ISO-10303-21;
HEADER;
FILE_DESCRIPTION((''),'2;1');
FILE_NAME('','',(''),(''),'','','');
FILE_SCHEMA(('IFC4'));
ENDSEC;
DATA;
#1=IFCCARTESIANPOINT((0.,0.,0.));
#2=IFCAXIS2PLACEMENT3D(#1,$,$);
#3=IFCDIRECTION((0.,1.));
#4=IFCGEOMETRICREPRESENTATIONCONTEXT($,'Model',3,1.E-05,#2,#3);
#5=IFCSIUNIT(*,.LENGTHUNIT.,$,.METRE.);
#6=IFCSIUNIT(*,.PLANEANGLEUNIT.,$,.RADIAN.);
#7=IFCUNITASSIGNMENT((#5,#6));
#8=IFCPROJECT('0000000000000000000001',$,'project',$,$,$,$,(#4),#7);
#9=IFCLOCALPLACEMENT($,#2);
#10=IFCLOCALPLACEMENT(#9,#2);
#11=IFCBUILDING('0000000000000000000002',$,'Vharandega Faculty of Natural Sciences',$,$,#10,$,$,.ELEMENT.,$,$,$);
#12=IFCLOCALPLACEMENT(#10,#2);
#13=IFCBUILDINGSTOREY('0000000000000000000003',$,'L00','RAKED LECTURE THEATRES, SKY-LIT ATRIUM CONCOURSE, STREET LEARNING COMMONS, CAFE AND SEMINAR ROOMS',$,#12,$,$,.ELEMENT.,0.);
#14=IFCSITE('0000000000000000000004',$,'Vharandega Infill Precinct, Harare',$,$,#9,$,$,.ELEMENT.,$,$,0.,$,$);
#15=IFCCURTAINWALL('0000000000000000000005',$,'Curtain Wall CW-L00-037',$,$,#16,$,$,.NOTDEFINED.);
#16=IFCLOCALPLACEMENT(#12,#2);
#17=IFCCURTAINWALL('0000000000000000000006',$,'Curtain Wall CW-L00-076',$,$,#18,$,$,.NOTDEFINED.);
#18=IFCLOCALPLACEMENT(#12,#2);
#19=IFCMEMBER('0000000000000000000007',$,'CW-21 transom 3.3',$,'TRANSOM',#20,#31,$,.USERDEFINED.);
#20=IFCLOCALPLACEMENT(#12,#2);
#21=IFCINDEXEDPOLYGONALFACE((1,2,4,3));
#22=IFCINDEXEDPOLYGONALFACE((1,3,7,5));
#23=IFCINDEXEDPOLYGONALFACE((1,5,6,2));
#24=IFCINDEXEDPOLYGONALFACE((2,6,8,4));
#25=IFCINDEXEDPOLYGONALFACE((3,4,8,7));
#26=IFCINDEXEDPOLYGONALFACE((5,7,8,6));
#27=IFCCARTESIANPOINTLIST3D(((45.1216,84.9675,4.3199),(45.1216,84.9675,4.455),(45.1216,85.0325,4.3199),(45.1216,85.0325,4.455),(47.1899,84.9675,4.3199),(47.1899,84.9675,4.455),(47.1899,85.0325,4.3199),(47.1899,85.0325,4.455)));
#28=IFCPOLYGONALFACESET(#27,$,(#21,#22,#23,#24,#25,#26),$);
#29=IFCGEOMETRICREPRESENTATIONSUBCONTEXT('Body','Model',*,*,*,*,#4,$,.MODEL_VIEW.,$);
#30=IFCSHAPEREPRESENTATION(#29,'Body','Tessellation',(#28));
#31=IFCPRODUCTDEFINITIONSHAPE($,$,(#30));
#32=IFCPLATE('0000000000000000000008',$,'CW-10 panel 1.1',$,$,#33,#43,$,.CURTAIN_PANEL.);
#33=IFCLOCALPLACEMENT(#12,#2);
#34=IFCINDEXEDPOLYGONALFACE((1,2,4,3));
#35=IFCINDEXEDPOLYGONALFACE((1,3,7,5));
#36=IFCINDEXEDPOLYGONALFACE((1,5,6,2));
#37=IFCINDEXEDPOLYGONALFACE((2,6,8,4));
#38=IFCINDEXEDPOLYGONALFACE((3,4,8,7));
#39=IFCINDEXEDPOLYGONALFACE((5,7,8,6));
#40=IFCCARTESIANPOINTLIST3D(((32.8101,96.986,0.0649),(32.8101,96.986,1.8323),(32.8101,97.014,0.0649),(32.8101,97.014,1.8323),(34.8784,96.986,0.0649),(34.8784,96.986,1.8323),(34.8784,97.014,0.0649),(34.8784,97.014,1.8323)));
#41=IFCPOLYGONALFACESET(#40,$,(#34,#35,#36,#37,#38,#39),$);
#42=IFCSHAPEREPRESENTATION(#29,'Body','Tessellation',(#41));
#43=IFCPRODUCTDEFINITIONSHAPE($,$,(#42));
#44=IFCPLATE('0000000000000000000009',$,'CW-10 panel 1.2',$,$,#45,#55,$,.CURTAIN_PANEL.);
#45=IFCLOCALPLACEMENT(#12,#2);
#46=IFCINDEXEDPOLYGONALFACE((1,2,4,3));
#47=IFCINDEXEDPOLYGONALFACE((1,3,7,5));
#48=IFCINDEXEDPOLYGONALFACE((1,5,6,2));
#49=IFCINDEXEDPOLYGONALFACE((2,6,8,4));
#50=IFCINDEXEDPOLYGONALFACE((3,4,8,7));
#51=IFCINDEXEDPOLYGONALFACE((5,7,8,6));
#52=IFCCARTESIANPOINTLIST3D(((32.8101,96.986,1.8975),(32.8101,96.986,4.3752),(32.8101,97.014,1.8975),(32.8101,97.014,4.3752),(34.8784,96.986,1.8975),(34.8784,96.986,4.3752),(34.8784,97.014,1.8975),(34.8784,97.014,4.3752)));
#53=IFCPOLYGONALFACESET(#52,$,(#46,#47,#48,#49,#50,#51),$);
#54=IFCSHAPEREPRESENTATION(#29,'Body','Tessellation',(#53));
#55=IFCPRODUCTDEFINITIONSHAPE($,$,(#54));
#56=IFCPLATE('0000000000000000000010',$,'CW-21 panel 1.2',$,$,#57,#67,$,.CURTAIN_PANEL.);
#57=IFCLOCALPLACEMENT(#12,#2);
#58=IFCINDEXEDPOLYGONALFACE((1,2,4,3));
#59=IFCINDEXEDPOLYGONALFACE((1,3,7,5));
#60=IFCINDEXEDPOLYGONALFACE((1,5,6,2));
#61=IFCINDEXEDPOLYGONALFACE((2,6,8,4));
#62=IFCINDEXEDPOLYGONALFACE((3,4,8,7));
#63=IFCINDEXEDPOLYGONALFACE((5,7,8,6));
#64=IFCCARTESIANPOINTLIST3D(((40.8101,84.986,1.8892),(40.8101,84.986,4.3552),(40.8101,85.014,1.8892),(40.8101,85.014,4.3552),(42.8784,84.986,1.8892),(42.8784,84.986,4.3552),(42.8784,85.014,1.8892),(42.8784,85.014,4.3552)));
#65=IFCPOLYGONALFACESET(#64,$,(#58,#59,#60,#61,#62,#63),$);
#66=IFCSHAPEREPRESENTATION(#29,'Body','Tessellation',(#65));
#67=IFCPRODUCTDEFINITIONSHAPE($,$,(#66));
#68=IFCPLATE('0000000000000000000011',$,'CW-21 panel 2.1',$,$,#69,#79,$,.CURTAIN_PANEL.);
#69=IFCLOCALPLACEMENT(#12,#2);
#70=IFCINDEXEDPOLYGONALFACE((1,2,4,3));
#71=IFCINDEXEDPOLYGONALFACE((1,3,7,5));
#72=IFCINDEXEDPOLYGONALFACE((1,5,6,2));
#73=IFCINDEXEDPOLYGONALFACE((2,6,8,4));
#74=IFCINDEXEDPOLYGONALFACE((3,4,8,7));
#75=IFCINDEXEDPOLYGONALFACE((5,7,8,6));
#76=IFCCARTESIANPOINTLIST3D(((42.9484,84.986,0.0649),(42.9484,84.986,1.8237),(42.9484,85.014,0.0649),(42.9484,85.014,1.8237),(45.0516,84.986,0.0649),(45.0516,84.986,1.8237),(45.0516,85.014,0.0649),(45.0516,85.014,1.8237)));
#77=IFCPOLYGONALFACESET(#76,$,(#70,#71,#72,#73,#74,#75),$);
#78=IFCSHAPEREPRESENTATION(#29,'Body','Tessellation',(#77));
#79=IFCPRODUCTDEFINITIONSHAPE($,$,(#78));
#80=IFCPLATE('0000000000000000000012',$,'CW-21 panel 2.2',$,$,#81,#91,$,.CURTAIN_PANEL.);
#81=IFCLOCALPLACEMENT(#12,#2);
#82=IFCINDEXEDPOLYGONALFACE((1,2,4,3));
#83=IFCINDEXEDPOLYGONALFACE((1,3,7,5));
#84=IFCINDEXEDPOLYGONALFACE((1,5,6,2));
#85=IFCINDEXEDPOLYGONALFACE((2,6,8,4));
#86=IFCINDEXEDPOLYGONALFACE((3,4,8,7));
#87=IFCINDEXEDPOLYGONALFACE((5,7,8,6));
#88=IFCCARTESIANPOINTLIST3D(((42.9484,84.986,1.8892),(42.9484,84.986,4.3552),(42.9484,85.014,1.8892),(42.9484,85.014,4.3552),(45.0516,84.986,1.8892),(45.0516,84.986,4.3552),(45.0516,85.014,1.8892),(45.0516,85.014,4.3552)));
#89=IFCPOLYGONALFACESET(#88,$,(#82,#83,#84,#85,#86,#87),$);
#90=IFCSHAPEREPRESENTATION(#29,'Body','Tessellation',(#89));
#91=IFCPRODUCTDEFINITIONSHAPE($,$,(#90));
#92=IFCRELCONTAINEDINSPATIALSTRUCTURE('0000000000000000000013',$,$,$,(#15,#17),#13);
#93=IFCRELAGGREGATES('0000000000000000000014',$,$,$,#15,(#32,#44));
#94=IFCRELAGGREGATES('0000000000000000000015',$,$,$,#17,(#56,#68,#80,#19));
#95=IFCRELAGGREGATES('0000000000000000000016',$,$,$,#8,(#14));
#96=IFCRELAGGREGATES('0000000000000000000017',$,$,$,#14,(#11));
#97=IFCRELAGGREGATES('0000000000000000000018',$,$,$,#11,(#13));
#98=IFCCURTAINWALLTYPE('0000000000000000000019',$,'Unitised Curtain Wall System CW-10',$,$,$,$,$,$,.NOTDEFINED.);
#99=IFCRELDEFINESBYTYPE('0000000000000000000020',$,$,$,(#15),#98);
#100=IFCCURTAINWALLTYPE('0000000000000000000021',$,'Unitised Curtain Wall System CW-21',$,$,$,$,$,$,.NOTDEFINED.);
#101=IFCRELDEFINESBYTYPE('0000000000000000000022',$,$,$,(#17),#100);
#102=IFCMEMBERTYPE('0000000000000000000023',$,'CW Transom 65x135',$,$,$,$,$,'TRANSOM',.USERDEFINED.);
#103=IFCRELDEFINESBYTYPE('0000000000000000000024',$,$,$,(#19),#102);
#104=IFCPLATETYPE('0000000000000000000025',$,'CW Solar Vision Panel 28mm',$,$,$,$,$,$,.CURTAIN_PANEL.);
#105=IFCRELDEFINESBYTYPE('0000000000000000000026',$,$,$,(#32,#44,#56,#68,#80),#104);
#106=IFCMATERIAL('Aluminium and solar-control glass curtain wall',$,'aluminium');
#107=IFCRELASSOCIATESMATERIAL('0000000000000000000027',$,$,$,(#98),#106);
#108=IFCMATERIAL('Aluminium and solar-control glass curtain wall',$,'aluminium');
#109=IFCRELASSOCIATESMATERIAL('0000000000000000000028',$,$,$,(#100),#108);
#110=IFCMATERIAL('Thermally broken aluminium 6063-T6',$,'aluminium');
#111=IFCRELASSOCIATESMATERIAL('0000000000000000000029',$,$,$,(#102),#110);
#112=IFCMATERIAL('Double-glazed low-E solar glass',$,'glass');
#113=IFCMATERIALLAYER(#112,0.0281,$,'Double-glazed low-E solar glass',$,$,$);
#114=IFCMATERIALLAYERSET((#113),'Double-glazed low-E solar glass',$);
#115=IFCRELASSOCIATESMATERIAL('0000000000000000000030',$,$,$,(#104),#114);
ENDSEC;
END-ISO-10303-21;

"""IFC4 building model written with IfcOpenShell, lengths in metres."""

from ifc_helpers import new_model, si_unit, direction, frame, origin, origin_2d, place, context, subcontext, project, spatial, rectangle, extrude, material, layer, layer_set, material_profile, profile_set, type_object, element, aggregate, save


model = new_model("IFC4")

# Units and contexts
model_context = context("Model", 3, precision=1e-05, world=origin(), true_north=direction((0.0, 1.0)))
body_context = subcontext(model_context, "Body", "Model", "MODEL_VIEW")
ifc_project = project(units=[si_unit("LENGTHUNIT", "METRE"), si_unit("PLANEANGLEUNIT", "RADIAN")], contexts=[model_context])

# Site, building, storey
site_placement = place(None, origin())
site = spatial("IfcSite", under=ifc_project, at=site_placement, Name="Vharandega Infill Precinct, Harare", CompositionType="ELEMENT", RefElevation=0.0)
building_placement = place(site_placement, origin())
building = spatial("IfcBuilding", under=site, at=building_placement, Name="Vharandega Faculty of Natural Sciences", CompositionType="ELEMENT")
storey_placement = place(building_placement, origin())
storey = spatial("IfcBuildingStorey", under=building, at=storey_placement, Name="L00", Description="RAKED LECTURE THEATRES, SKY-LIT ATRIUM CONCOURSE, STREET LEARNING COMMONS, CAFE AND SEMINAR ROOMS", CompositionType="ELEMENT", Elevation=0.0)

# Curtain walls
ifc_material_1 = material(Name="Aluminium and solar-control glass curtain wall", Category="aluminium")
curtain_wall_type_1 = type_object("IfcCurtainWallType", Name="Unitised Curtain Wall System CW-10", PredefinedType="NOTDEFINED", material=ifc_material_1)
curtain_wall_1_placement = place(storey_placement, origin())
curtain_wall_1 = element("IfcCurtainWall", 1, at=curtain_wall_1_placement, inside=storey, type_object=curtain_wall_type_1, Name="Curtain Wall CW-L00-037", PredefinedType="NOTDEFINED")
ifc_material_2 = material(Name="Aluminium and solar-control glass curtain wall", Category="aluminium")
curtain_wall_type_2 = type_object("IfcCurtainWallType", Name="Unitised Curtain Wall System CW-21", PredefinedType="NOTDEFINED", material=ifc_material_2)
curtain_wall_2_placement = place(storey_placement, origin())
curtain_wall_2 = element("IfcCurtainWall", 2, at=curtain_wall_2_placement, inside=storey, type_object=curtain_wall_type_2, Name="Curtain Wall CW-L00-076", PredefinedType="NOTDEFINED")

# Member
ifc_material_3 = material(Name="Thermally broken aluminium 6063-T6", Category="aluminium")
ifc_material_profile_1 = material_profile(ifc_material_3, rectangle(XDim=0.0649, YDim=0.135, at=origin_2d()), Name="ALU 65x135")
ifc_profile_set_1 = profile_set([ifc_material_profile_1], Name="Thermally broken aluminium 6063-T6")
member_type_1 = type_object("IfcMemberType", Name="CW Transom 65x135", ElementType="TRANSOM", PredefinedType="USERDEFINED", material=ifc_profile_set_1)
member_1_placement = place(storey_placement, frame((45.1216, 85.0, 4.3875), z_axis=(1.0, 0.0, 0.0), x_axis=(0.0, 1.0, 0.0)))
member_1 = element("IfcMember", 3, at=member_1_placement, type_object=member_type_1, Name="CW-21 transom 3.3", ObjectType="TRANSOM", PredefinedType="USERDEFINED", context=body_context, shape_type="SweptSolid", body=[
    extrude(rectangle(XDim=0.0649, YDim=0.135, at=origin_2d()), origin(), (0.0, 0.0, 1.0), 2.0684),
])

# Plates
ifc_material_4 = material(Name="Double-glazed low-E solar glass", Category="glass")
ifc_layer = layer(ifc_material_4, 0.0281, Name="Double-glazed low-E solar glass")
ifc_layer_set = layer_set([ifc_layer], Name="Double-glazed low-E solar glass")
plate_type = type_object("IfcPlateType", Name="CW Solar Vision Panel 28mm", PredefinedType="CURTAIN_PANEL", material=ifc_layer_set)
plate_1_placement = place(storey_placement, frame((33.8442, 97.0, 0.0649), z_axis=(0.0, 0.0, 1.0), x_axis=(1.0, 0.0, 0.0)))
plate_1 = element("IfcPlate", 4, at=plate_1_placement, type_object=plate_type, Name="CW-10 panel 1.1", PredefinedType="CURTAIN_PANEL", context=body_context, shape_type="SweptSolid", body=[
    extrude(rectangle(XDim=2.0684, YDim=0.0281, at=origin_2d()), origin(), (0.0, 0.0, 1.0), 1.7673),
])
plate_2_placement = place(storey_placement, frame((33.8442, 97.0, 1.8975), z_axis=(0.0, 0.0, 1.0), x_axis=(1.0, 0.0, 0.0)))
plate_2 = element("IfcPlate", 5, at=plate_2_placement, type_object=plate_type, Name="CW-10 panel 1.2", PredefinedType="CURTAIN_PANEL", context=body_context, shape_type="SweptSolid", body=[
    extrude(rectangle(XDim=2.0684, YDim=0.0281, at=origin_2d()), origin(), (0.0, 0.0, 1.0), 2.4778),
])
aggregate(curtain_wall_1, [plate_1, plate_2])
plate_3_placement = place(storey_placement, frame((41.8442, 85.0, 1.8892), z_axis=(0.0, 0.0, 1.0), x_axis=(1.0, 0.0, 0.0)))
plate_3 = element("IfcPlate", 6, at=plate_3_placement, type_object=plate_type, Name="CW-21 panel 1.2", PredefinedType="CURTAIN_PANEL", context=body_context, shape_type="SweptSolid", body=[
    extrude(rectangle(XDim=2.0684, YDim=0.0281, at=origin_2d()), origin(), (0.0, 0.0, 1.0), 2.4661),
])
plate_4_placement = place(storey_placement, frame((44.0, 85.0, 0.0649), z_axis=(0.0, 0.0, 1.0), x_axis=(1.0, 0.0, 0.0)))
plate_4 = element("IfcPlate", 7, at=plate_4_placement, type_object=plate_type, Name="CW-21 panel 2.1", PredefinedType="CURTAIN_PANEL", context=body_context, shape_type="SweptSolid", body=[
    extrude(rectangle(XDim=2.1033, YDim=0.0281, at=origin_2d()), origin(), (0.0, 0.0, 1.0), 1.7588),
])
plate_5_placement = place(storey_placement, frame((44.0, 85.0, 1.8892), z_axis=(0.0, 0.0, 1.0), x_axis=(1.0, 0.0, 0.0)))
plate_5 = element("IfcPlate", 8, at=plate_5_placement, type_object=plate_type, Name="CW-21 panel 2.2", PredefinedType="CURTAIN_PANEL", context=body_context, shape_type="SweptSolid", body=[
    extrude(rectangle(XDim=2.1033, YDim=0.0281, at=origin_2d()), origin(), (0.0, 0.0, 1.0), 2.4661),
])
aggregate(curtain_wall_2, [plate_3, plate_4, plate_5, member_1])

save(model, "model.ifc")
